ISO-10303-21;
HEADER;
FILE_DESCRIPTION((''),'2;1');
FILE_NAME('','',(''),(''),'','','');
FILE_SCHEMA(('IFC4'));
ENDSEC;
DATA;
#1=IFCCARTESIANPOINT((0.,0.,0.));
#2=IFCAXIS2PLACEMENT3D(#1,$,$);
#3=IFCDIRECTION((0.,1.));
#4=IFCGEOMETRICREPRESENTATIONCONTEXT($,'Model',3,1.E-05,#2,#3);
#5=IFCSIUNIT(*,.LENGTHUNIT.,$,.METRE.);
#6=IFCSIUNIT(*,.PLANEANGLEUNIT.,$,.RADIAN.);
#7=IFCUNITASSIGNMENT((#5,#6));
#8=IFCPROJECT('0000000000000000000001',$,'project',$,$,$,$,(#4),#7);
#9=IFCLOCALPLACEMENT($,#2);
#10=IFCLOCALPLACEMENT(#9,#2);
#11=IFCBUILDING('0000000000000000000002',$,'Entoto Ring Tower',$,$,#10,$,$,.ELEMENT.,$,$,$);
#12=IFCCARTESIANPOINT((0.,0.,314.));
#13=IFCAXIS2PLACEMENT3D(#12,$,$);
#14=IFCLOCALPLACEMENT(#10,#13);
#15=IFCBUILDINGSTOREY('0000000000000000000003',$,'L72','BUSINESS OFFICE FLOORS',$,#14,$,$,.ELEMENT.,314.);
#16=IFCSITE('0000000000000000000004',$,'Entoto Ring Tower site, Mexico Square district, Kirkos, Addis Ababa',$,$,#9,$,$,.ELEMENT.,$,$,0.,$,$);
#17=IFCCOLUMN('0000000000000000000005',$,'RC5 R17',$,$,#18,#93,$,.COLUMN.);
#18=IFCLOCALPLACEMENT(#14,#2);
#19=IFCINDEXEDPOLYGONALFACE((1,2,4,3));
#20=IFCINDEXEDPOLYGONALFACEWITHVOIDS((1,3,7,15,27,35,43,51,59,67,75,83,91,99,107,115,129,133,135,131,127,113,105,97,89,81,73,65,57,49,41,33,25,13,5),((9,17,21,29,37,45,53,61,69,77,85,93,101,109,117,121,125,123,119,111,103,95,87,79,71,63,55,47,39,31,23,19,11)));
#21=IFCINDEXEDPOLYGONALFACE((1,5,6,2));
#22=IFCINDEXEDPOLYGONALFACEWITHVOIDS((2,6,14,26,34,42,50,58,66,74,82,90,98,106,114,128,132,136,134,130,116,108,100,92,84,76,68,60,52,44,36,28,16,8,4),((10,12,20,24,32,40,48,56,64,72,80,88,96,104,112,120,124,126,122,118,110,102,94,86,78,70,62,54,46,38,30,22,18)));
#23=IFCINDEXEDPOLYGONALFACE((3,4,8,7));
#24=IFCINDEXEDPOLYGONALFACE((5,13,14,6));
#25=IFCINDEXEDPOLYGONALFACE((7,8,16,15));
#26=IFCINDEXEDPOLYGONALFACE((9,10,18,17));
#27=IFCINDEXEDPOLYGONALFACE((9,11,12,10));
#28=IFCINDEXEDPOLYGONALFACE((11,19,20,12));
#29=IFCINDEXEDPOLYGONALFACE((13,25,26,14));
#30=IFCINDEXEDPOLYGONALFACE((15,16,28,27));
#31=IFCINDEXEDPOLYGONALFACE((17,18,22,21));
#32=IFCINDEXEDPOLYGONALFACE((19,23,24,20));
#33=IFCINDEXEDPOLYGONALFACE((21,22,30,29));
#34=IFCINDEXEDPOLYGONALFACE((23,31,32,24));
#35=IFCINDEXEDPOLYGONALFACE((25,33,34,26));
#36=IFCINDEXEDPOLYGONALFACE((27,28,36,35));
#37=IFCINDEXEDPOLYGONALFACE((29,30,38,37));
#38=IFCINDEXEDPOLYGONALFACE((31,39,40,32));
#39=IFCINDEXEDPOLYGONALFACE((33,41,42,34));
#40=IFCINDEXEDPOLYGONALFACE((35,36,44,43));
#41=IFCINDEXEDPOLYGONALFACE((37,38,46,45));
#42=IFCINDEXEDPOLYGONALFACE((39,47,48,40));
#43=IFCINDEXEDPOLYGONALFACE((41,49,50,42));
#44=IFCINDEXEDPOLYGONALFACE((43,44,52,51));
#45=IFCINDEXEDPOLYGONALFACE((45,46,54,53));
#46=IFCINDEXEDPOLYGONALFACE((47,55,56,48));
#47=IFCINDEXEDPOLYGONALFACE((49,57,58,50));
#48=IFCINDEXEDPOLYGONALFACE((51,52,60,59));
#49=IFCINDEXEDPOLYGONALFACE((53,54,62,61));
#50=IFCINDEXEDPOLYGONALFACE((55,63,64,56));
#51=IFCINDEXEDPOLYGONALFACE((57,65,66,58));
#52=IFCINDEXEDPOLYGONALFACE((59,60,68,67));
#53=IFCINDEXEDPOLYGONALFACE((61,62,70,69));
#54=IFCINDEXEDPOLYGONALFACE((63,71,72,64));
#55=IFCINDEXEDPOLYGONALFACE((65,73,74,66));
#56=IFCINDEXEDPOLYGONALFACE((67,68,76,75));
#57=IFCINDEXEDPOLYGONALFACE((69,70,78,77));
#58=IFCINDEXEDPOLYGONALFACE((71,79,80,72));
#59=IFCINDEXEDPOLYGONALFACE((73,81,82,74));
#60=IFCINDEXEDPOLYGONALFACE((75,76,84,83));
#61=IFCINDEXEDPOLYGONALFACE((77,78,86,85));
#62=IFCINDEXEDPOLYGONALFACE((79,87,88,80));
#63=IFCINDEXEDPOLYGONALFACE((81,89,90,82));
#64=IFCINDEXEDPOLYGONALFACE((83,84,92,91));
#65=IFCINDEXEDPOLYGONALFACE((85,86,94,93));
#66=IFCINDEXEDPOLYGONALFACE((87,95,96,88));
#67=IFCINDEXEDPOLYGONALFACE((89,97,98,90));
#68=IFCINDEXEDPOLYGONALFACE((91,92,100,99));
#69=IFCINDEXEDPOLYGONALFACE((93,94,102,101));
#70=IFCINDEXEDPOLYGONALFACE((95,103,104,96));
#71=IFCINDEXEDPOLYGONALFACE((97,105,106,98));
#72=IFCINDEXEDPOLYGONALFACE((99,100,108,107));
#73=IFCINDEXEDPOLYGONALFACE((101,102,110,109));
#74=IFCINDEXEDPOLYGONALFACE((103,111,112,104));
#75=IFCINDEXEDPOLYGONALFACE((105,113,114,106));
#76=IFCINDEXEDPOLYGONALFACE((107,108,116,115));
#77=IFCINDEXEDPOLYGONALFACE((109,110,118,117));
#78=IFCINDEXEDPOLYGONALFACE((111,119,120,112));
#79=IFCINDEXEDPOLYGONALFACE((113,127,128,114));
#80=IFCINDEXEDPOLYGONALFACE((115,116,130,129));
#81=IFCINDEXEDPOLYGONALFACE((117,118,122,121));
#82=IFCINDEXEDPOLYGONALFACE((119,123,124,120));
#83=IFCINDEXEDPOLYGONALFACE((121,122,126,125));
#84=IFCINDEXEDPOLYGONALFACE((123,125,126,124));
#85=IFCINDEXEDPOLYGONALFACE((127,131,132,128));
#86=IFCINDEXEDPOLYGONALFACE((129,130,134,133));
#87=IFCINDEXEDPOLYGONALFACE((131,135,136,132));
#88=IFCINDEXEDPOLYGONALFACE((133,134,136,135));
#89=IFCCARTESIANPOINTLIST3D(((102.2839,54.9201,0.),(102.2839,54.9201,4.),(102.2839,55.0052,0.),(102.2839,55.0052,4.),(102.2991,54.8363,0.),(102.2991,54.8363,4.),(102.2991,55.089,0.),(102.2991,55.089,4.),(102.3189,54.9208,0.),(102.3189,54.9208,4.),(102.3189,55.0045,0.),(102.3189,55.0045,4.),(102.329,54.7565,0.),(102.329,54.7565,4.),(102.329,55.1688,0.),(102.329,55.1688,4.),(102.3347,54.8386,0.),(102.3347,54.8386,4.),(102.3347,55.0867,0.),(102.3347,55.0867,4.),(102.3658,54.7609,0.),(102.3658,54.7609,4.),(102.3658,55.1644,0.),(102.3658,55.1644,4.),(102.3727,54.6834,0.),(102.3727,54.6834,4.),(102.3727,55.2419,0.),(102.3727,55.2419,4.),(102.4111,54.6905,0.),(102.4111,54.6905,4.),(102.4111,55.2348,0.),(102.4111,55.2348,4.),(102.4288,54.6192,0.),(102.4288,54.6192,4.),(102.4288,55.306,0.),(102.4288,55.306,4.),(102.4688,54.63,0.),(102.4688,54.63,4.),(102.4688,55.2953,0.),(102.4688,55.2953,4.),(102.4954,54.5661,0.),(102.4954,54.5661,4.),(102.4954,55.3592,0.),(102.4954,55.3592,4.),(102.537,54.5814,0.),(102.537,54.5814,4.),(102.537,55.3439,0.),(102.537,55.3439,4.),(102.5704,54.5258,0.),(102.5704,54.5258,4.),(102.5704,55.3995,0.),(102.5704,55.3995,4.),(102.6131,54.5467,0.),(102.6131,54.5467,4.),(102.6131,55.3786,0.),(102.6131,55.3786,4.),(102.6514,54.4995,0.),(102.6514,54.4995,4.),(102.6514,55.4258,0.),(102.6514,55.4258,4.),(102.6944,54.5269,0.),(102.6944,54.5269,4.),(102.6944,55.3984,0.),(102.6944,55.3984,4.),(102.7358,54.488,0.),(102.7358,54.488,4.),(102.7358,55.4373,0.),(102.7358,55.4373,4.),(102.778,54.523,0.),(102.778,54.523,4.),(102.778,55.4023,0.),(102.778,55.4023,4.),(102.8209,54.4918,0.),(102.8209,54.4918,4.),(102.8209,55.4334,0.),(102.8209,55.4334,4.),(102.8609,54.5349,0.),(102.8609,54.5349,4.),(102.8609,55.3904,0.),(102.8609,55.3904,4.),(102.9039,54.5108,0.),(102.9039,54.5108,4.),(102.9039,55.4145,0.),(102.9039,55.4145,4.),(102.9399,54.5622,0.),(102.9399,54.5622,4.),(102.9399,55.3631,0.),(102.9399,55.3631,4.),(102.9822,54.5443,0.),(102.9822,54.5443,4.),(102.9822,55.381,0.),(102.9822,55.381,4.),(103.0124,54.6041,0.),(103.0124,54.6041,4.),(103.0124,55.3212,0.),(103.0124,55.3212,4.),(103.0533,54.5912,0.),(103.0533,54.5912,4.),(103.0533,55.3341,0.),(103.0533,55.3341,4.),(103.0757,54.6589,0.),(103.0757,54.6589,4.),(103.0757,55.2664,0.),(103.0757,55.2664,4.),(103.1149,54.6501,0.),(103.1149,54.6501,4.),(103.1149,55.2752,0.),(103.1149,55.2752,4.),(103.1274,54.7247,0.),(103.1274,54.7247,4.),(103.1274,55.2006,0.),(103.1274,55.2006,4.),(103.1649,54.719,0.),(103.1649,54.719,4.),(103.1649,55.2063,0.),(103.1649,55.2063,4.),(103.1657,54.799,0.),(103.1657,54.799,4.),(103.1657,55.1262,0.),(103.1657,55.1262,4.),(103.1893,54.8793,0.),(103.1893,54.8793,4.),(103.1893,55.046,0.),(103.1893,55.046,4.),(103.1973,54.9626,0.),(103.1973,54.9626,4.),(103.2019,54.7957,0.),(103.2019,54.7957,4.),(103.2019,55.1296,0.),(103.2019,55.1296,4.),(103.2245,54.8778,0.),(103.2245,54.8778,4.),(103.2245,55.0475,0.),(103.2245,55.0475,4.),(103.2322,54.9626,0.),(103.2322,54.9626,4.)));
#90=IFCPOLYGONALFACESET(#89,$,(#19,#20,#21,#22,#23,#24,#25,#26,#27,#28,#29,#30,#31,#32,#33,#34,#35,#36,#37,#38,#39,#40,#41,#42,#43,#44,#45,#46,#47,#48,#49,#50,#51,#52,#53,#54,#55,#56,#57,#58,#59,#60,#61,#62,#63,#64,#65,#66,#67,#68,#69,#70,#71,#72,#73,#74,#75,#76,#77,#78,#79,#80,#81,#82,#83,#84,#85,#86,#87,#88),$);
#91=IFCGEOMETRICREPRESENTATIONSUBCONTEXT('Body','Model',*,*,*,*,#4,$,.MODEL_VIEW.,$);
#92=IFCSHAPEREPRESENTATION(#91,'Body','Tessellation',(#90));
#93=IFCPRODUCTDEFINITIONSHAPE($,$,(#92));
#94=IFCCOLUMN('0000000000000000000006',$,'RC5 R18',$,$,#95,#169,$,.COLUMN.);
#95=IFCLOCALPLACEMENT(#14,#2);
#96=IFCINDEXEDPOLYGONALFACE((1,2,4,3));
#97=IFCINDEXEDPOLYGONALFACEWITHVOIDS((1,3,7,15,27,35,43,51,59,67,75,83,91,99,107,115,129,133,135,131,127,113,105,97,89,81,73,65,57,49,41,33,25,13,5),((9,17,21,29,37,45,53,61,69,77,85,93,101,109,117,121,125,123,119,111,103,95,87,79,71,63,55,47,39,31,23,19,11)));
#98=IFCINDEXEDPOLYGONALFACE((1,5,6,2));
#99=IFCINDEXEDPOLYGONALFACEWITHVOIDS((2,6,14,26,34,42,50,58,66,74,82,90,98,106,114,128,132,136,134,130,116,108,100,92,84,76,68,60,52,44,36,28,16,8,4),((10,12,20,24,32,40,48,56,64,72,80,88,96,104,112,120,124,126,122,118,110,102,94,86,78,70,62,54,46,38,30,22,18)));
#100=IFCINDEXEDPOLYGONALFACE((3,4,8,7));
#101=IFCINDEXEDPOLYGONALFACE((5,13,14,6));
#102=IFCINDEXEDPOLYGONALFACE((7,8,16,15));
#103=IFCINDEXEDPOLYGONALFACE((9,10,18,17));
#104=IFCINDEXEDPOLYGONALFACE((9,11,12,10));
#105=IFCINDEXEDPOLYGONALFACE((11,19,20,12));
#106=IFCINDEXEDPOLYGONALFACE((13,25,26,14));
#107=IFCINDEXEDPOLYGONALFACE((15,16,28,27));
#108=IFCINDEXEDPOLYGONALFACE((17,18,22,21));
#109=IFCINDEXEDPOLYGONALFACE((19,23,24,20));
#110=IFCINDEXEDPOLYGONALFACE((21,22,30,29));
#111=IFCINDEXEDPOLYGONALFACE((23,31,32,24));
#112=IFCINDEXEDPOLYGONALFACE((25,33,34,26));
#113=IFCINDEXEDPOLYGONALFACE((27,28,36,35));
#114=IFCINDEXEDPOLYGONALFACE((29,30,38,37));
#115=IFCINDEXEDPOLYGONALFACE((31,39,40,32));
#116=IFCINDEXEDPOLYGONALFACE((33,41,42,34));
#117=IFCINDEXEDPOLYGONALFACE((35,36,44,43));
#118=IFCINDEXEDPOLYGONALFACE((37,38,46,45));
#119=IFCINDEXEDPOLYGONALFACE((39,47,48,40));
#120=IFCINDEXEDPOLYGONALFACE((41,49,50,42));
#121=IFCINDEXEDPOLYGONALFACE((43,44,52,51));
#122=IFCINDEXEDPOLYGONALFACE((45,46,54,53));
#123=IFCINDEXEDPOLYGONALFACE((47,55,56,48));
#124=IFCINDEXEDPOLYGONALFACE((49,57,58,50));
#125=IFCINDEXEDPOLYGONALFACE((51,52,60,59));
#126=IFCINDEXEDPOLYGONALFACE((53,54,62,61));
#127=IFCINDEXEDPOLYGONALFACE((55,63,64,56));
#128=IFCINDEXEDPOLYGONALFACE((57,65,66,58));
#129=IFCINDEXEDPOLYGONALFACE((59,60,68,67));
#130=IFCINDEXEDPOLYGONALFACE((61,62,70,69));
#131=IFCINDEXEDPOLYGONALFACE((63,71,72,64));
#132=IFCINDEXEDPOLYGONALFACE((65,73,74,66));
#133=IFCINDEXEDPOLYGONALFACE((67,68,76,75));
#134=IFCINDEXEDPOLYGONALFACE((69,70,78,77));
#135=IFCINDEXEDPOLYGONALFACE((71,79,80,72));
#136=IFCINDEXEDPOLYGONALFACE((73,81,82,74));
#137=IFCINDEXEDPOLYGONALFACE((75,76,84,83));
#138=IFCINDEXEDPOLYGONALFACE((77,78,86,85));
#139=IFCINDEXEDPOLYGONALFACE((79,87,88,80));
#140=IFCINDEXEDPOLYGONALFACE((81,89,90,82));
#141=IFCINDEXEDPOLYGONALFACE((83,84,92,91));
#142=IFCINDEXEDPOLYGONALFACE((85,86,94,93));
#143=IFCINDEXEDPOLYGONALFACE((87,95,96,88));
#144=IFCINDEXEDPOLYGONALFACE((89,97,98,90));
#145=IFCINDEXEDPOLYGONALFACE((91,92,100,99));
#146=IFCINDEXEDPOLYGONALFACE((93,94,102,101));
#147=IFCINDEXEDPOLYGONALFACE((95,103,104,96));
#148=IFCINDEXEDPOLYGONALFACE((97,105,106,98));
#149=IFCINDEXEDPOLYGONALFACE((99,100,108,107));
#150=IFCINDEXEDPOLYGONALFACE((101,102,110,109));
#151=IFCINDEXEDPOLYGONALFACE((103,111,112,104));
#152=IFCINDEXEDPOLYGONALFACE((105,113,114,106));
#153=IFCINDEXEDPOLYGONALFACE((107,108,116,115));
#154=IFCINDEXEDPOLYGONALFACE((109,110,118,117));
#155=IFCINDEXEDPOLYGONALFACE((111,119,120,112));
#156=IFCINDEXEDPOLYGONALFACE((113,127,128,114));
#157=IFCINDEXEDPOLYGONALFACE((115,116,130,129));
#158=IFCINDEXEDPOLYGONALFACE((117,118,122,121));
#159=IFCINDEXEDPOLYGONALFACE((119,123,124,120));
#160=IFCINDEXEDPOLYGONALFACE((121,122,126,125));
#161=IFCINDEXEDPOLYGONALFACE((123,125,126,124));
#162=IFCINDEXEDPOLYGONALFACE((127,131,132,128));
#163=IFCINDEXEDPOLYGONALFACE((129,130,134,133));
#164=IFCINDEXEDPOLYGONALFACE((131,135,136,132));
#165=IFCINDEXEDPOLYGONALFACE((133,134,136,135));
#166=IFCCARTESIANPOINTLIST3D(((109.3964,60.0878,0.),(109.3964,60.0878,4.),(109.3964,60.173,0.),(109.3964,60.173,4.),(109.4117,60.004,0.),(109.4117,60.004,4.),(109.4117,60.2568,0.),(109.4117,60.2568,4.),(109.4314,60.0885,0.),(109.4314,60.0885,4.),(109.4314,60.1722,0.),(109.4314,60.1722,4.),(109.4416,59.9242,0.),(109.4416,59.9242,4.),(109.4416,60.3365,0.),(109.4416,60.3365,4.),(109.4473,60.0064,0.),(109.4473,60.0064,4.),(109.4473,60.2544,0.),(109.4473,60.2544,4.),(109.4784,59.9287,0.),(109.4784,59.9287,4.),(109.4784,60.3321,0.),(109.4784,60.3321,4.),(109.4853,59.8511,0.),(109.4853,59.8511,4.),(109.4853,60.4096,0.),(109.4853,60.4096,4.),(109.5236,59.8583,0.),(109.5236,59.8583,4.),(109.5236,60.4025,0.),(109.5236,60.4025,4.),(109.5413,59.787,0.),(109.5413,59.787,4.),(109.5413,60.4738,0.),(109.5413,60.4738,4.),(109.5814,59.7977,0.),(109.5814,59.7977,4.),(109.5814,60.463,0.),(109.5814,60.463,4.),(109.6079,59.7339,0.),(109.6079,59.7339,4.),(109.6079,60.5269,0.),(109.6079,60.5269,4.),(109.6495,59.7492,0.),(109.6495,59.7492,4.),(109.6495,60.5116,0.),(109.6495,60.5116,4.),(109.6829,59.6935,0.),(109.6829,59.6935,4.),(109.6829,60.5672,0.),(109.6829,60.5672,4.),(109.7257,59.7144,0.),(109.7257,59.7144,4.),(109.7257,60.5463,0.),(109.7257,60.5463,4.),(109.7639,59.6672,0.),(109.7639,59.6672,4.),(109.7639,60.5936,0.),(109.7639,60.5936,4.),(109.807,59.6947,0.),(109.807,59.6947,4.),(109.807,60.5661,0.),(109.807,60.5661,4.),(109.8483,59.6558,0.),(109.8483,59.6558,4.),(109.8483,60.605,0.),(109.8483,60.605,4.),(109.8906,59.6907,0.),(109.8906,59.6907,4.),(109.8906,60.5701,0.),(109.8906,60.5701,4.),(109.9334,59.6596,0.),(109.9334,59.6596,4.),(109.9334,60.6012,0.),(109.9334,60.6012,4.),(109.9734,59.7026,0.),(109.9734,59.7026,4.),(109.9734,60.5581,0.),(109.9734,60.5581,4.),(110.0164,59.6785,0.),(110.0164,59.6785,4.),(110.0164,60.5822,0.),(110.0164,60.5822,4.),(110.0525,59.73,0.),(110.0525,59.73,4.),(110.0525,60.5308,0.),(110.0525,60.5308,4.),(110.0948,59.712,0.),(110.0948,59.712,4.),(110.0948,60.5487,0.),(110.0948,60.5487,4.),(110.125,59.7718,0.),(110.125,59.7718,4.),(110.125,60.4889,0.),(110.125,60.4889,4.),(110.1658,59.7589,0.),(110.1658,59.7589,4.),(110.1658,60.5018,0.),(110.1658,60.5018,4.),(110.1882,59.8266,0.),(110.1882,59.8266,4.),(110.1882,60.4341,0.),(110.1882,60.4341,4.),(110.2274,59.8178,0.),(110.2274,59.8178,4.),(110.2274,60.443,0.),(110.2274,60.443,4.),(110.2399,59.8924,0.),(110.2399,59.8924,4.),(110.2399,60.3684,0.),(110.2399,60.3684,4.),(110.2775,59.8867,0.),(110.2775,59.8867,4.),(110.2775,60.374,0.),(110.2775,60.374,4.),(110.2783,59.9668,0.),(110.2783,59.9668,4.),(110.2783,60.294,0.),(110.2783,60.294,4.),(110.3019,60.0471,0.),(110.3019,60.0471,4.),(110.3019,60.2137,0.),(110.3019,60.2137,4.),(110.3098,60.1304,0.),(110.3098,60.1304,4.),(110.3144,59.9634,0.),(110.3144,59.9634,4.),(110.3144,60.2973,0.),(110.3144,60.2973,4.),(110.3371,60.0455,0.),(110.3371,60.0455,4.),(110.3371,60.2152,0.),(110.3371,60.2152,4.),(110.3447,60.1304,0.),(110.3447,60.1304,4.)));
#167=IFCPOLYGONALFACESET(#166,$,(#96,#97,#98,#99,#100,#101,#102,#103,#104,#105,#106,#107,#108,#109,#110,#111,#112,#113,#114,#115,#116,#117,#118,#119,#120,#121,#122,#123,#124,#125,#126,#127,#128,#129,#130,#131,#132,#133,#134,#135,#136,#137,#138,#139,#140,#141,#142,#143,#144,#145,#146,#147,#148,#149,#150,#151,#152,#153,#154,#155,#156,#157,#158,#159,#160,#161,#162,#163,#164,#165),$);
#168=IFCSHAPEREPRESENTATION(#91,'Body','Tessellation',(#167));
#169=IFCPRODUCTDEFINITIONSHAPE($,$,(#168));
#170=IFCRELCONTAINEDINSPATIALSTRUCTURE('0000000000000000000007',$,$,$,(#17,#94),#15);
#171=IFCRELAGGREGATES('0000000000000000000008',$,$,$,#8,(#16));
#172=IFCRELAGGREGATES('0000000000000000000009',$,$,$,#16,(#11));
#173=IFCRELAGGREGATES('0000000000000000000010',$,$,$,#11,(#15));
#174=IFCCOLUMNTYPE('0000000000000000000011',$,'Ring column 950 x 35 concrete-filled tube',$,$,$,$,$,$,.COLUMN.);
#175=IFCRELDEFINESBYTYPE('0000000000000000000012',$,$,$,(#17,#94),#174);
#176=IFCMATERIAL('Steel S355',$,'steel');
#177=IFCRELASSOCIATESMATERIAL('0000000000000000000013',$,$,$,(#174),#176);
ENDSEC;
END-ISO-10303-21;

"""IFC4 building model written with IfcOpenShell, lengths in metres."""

from ifc_helpers import new_model, si_unit, direction, frame, origin, origin_2d, place, context, subcontext, project, spatial, circle, hollow_circle, extrude, material, material_profile, profile_set, type_object, element, save


model = new_model("IFC4")

# Units and contexts
model_context = context("Model", 3, precision=1e-05, world=origin(), true_north=direction((0.0, 1.0)))
body_context = subcontext(model_context, "Body", "Model", "MODEL_VIEW")
ifc_project = project(units=[si_unit("LENGTHUNIT", "METRE"), si_unit("PLANEANGLEUNIT", "RADIAN")], contexts=[model_context])

# Site, building, storey
site_placement = place(None, origin())
site = spatial("IfcSite", under=ifc_project, at=site_placement, Name="Entoto Ring Tower site, Mexico Square district, Kirkos, Addis Ababa", CompositionType="ELEMENT", RefElevation=0.0)
building_placement = place(site_placement, origin())
building = spatial("IfcBuilding", under=site, at=building_placement, Name="Entoto Ring Tower", CompositionType="ELEMENT")
storey_placement = place(building_placement, frame((0.0, 0.0, 314.0)))
storey = spatial("IfcBuildingStorey", under=building, at=storey_placement, Name="L72", Description="BUSINESS OFFICE FLOORS", CompositionType="ELEMENT", Elevation=314.0)

# Columns
ifc_material_1 = material(Name="Steel S355", Category="steel")
ifc_material_profile_1 = material_profile(ifc_material_1, hollow_circle(Radius=0.4751, WallThickness=0.0349, at=origin_2d()), Name="CHS 950 x 35")
ifc_material_2 = material(Name="Concrete C60/75", Category="concrete")
ifc_material_profile_2 = material_profile(ifc_material_2, circle(Radius=0.4399, at=origin_2d()), Name="Concrete C60/75 infill")
ifc_profile_set_1 = profile_set([ifc_material_profile_1, ifc_material_profile_2], Name="Steel S355")
column_type = type_object("IfcColumnType", Name="Ring column 950 x 35 concrete-filled tube", PredefinedType="COLUMN", material=ifc_profile_set_1)
for number, where, z_axis, x_axis, name in (
    (1, (102.7571, 54.9626, 0.0), (0.0, 0.0, 1.0), (1.0, 0.0, 0.0), "RC5 R17"),
    (2, (109.8696, 60.1304, 0.0), (0.0, 0.0, 1.0), (1.0, 0.0, 0.0), "RC5 R18"),
):
    element("IfcColumn", number, at=place(storey_placement, frame(where, z_axis=z_axis, x_axis=x_axis)), inside=storey, type_object=column_type, Name=name, PredefinedType="COLUMN", context=body_context, shape_type="SweptSolid", body=[
        extrude(hollow_circle(Radius=0.4751, WallThickness=0.0349, at=origin_2d()), origin(), (0.0, 0.0, 1.0), 4.0),
    ])

save(model, "model.ifc")
